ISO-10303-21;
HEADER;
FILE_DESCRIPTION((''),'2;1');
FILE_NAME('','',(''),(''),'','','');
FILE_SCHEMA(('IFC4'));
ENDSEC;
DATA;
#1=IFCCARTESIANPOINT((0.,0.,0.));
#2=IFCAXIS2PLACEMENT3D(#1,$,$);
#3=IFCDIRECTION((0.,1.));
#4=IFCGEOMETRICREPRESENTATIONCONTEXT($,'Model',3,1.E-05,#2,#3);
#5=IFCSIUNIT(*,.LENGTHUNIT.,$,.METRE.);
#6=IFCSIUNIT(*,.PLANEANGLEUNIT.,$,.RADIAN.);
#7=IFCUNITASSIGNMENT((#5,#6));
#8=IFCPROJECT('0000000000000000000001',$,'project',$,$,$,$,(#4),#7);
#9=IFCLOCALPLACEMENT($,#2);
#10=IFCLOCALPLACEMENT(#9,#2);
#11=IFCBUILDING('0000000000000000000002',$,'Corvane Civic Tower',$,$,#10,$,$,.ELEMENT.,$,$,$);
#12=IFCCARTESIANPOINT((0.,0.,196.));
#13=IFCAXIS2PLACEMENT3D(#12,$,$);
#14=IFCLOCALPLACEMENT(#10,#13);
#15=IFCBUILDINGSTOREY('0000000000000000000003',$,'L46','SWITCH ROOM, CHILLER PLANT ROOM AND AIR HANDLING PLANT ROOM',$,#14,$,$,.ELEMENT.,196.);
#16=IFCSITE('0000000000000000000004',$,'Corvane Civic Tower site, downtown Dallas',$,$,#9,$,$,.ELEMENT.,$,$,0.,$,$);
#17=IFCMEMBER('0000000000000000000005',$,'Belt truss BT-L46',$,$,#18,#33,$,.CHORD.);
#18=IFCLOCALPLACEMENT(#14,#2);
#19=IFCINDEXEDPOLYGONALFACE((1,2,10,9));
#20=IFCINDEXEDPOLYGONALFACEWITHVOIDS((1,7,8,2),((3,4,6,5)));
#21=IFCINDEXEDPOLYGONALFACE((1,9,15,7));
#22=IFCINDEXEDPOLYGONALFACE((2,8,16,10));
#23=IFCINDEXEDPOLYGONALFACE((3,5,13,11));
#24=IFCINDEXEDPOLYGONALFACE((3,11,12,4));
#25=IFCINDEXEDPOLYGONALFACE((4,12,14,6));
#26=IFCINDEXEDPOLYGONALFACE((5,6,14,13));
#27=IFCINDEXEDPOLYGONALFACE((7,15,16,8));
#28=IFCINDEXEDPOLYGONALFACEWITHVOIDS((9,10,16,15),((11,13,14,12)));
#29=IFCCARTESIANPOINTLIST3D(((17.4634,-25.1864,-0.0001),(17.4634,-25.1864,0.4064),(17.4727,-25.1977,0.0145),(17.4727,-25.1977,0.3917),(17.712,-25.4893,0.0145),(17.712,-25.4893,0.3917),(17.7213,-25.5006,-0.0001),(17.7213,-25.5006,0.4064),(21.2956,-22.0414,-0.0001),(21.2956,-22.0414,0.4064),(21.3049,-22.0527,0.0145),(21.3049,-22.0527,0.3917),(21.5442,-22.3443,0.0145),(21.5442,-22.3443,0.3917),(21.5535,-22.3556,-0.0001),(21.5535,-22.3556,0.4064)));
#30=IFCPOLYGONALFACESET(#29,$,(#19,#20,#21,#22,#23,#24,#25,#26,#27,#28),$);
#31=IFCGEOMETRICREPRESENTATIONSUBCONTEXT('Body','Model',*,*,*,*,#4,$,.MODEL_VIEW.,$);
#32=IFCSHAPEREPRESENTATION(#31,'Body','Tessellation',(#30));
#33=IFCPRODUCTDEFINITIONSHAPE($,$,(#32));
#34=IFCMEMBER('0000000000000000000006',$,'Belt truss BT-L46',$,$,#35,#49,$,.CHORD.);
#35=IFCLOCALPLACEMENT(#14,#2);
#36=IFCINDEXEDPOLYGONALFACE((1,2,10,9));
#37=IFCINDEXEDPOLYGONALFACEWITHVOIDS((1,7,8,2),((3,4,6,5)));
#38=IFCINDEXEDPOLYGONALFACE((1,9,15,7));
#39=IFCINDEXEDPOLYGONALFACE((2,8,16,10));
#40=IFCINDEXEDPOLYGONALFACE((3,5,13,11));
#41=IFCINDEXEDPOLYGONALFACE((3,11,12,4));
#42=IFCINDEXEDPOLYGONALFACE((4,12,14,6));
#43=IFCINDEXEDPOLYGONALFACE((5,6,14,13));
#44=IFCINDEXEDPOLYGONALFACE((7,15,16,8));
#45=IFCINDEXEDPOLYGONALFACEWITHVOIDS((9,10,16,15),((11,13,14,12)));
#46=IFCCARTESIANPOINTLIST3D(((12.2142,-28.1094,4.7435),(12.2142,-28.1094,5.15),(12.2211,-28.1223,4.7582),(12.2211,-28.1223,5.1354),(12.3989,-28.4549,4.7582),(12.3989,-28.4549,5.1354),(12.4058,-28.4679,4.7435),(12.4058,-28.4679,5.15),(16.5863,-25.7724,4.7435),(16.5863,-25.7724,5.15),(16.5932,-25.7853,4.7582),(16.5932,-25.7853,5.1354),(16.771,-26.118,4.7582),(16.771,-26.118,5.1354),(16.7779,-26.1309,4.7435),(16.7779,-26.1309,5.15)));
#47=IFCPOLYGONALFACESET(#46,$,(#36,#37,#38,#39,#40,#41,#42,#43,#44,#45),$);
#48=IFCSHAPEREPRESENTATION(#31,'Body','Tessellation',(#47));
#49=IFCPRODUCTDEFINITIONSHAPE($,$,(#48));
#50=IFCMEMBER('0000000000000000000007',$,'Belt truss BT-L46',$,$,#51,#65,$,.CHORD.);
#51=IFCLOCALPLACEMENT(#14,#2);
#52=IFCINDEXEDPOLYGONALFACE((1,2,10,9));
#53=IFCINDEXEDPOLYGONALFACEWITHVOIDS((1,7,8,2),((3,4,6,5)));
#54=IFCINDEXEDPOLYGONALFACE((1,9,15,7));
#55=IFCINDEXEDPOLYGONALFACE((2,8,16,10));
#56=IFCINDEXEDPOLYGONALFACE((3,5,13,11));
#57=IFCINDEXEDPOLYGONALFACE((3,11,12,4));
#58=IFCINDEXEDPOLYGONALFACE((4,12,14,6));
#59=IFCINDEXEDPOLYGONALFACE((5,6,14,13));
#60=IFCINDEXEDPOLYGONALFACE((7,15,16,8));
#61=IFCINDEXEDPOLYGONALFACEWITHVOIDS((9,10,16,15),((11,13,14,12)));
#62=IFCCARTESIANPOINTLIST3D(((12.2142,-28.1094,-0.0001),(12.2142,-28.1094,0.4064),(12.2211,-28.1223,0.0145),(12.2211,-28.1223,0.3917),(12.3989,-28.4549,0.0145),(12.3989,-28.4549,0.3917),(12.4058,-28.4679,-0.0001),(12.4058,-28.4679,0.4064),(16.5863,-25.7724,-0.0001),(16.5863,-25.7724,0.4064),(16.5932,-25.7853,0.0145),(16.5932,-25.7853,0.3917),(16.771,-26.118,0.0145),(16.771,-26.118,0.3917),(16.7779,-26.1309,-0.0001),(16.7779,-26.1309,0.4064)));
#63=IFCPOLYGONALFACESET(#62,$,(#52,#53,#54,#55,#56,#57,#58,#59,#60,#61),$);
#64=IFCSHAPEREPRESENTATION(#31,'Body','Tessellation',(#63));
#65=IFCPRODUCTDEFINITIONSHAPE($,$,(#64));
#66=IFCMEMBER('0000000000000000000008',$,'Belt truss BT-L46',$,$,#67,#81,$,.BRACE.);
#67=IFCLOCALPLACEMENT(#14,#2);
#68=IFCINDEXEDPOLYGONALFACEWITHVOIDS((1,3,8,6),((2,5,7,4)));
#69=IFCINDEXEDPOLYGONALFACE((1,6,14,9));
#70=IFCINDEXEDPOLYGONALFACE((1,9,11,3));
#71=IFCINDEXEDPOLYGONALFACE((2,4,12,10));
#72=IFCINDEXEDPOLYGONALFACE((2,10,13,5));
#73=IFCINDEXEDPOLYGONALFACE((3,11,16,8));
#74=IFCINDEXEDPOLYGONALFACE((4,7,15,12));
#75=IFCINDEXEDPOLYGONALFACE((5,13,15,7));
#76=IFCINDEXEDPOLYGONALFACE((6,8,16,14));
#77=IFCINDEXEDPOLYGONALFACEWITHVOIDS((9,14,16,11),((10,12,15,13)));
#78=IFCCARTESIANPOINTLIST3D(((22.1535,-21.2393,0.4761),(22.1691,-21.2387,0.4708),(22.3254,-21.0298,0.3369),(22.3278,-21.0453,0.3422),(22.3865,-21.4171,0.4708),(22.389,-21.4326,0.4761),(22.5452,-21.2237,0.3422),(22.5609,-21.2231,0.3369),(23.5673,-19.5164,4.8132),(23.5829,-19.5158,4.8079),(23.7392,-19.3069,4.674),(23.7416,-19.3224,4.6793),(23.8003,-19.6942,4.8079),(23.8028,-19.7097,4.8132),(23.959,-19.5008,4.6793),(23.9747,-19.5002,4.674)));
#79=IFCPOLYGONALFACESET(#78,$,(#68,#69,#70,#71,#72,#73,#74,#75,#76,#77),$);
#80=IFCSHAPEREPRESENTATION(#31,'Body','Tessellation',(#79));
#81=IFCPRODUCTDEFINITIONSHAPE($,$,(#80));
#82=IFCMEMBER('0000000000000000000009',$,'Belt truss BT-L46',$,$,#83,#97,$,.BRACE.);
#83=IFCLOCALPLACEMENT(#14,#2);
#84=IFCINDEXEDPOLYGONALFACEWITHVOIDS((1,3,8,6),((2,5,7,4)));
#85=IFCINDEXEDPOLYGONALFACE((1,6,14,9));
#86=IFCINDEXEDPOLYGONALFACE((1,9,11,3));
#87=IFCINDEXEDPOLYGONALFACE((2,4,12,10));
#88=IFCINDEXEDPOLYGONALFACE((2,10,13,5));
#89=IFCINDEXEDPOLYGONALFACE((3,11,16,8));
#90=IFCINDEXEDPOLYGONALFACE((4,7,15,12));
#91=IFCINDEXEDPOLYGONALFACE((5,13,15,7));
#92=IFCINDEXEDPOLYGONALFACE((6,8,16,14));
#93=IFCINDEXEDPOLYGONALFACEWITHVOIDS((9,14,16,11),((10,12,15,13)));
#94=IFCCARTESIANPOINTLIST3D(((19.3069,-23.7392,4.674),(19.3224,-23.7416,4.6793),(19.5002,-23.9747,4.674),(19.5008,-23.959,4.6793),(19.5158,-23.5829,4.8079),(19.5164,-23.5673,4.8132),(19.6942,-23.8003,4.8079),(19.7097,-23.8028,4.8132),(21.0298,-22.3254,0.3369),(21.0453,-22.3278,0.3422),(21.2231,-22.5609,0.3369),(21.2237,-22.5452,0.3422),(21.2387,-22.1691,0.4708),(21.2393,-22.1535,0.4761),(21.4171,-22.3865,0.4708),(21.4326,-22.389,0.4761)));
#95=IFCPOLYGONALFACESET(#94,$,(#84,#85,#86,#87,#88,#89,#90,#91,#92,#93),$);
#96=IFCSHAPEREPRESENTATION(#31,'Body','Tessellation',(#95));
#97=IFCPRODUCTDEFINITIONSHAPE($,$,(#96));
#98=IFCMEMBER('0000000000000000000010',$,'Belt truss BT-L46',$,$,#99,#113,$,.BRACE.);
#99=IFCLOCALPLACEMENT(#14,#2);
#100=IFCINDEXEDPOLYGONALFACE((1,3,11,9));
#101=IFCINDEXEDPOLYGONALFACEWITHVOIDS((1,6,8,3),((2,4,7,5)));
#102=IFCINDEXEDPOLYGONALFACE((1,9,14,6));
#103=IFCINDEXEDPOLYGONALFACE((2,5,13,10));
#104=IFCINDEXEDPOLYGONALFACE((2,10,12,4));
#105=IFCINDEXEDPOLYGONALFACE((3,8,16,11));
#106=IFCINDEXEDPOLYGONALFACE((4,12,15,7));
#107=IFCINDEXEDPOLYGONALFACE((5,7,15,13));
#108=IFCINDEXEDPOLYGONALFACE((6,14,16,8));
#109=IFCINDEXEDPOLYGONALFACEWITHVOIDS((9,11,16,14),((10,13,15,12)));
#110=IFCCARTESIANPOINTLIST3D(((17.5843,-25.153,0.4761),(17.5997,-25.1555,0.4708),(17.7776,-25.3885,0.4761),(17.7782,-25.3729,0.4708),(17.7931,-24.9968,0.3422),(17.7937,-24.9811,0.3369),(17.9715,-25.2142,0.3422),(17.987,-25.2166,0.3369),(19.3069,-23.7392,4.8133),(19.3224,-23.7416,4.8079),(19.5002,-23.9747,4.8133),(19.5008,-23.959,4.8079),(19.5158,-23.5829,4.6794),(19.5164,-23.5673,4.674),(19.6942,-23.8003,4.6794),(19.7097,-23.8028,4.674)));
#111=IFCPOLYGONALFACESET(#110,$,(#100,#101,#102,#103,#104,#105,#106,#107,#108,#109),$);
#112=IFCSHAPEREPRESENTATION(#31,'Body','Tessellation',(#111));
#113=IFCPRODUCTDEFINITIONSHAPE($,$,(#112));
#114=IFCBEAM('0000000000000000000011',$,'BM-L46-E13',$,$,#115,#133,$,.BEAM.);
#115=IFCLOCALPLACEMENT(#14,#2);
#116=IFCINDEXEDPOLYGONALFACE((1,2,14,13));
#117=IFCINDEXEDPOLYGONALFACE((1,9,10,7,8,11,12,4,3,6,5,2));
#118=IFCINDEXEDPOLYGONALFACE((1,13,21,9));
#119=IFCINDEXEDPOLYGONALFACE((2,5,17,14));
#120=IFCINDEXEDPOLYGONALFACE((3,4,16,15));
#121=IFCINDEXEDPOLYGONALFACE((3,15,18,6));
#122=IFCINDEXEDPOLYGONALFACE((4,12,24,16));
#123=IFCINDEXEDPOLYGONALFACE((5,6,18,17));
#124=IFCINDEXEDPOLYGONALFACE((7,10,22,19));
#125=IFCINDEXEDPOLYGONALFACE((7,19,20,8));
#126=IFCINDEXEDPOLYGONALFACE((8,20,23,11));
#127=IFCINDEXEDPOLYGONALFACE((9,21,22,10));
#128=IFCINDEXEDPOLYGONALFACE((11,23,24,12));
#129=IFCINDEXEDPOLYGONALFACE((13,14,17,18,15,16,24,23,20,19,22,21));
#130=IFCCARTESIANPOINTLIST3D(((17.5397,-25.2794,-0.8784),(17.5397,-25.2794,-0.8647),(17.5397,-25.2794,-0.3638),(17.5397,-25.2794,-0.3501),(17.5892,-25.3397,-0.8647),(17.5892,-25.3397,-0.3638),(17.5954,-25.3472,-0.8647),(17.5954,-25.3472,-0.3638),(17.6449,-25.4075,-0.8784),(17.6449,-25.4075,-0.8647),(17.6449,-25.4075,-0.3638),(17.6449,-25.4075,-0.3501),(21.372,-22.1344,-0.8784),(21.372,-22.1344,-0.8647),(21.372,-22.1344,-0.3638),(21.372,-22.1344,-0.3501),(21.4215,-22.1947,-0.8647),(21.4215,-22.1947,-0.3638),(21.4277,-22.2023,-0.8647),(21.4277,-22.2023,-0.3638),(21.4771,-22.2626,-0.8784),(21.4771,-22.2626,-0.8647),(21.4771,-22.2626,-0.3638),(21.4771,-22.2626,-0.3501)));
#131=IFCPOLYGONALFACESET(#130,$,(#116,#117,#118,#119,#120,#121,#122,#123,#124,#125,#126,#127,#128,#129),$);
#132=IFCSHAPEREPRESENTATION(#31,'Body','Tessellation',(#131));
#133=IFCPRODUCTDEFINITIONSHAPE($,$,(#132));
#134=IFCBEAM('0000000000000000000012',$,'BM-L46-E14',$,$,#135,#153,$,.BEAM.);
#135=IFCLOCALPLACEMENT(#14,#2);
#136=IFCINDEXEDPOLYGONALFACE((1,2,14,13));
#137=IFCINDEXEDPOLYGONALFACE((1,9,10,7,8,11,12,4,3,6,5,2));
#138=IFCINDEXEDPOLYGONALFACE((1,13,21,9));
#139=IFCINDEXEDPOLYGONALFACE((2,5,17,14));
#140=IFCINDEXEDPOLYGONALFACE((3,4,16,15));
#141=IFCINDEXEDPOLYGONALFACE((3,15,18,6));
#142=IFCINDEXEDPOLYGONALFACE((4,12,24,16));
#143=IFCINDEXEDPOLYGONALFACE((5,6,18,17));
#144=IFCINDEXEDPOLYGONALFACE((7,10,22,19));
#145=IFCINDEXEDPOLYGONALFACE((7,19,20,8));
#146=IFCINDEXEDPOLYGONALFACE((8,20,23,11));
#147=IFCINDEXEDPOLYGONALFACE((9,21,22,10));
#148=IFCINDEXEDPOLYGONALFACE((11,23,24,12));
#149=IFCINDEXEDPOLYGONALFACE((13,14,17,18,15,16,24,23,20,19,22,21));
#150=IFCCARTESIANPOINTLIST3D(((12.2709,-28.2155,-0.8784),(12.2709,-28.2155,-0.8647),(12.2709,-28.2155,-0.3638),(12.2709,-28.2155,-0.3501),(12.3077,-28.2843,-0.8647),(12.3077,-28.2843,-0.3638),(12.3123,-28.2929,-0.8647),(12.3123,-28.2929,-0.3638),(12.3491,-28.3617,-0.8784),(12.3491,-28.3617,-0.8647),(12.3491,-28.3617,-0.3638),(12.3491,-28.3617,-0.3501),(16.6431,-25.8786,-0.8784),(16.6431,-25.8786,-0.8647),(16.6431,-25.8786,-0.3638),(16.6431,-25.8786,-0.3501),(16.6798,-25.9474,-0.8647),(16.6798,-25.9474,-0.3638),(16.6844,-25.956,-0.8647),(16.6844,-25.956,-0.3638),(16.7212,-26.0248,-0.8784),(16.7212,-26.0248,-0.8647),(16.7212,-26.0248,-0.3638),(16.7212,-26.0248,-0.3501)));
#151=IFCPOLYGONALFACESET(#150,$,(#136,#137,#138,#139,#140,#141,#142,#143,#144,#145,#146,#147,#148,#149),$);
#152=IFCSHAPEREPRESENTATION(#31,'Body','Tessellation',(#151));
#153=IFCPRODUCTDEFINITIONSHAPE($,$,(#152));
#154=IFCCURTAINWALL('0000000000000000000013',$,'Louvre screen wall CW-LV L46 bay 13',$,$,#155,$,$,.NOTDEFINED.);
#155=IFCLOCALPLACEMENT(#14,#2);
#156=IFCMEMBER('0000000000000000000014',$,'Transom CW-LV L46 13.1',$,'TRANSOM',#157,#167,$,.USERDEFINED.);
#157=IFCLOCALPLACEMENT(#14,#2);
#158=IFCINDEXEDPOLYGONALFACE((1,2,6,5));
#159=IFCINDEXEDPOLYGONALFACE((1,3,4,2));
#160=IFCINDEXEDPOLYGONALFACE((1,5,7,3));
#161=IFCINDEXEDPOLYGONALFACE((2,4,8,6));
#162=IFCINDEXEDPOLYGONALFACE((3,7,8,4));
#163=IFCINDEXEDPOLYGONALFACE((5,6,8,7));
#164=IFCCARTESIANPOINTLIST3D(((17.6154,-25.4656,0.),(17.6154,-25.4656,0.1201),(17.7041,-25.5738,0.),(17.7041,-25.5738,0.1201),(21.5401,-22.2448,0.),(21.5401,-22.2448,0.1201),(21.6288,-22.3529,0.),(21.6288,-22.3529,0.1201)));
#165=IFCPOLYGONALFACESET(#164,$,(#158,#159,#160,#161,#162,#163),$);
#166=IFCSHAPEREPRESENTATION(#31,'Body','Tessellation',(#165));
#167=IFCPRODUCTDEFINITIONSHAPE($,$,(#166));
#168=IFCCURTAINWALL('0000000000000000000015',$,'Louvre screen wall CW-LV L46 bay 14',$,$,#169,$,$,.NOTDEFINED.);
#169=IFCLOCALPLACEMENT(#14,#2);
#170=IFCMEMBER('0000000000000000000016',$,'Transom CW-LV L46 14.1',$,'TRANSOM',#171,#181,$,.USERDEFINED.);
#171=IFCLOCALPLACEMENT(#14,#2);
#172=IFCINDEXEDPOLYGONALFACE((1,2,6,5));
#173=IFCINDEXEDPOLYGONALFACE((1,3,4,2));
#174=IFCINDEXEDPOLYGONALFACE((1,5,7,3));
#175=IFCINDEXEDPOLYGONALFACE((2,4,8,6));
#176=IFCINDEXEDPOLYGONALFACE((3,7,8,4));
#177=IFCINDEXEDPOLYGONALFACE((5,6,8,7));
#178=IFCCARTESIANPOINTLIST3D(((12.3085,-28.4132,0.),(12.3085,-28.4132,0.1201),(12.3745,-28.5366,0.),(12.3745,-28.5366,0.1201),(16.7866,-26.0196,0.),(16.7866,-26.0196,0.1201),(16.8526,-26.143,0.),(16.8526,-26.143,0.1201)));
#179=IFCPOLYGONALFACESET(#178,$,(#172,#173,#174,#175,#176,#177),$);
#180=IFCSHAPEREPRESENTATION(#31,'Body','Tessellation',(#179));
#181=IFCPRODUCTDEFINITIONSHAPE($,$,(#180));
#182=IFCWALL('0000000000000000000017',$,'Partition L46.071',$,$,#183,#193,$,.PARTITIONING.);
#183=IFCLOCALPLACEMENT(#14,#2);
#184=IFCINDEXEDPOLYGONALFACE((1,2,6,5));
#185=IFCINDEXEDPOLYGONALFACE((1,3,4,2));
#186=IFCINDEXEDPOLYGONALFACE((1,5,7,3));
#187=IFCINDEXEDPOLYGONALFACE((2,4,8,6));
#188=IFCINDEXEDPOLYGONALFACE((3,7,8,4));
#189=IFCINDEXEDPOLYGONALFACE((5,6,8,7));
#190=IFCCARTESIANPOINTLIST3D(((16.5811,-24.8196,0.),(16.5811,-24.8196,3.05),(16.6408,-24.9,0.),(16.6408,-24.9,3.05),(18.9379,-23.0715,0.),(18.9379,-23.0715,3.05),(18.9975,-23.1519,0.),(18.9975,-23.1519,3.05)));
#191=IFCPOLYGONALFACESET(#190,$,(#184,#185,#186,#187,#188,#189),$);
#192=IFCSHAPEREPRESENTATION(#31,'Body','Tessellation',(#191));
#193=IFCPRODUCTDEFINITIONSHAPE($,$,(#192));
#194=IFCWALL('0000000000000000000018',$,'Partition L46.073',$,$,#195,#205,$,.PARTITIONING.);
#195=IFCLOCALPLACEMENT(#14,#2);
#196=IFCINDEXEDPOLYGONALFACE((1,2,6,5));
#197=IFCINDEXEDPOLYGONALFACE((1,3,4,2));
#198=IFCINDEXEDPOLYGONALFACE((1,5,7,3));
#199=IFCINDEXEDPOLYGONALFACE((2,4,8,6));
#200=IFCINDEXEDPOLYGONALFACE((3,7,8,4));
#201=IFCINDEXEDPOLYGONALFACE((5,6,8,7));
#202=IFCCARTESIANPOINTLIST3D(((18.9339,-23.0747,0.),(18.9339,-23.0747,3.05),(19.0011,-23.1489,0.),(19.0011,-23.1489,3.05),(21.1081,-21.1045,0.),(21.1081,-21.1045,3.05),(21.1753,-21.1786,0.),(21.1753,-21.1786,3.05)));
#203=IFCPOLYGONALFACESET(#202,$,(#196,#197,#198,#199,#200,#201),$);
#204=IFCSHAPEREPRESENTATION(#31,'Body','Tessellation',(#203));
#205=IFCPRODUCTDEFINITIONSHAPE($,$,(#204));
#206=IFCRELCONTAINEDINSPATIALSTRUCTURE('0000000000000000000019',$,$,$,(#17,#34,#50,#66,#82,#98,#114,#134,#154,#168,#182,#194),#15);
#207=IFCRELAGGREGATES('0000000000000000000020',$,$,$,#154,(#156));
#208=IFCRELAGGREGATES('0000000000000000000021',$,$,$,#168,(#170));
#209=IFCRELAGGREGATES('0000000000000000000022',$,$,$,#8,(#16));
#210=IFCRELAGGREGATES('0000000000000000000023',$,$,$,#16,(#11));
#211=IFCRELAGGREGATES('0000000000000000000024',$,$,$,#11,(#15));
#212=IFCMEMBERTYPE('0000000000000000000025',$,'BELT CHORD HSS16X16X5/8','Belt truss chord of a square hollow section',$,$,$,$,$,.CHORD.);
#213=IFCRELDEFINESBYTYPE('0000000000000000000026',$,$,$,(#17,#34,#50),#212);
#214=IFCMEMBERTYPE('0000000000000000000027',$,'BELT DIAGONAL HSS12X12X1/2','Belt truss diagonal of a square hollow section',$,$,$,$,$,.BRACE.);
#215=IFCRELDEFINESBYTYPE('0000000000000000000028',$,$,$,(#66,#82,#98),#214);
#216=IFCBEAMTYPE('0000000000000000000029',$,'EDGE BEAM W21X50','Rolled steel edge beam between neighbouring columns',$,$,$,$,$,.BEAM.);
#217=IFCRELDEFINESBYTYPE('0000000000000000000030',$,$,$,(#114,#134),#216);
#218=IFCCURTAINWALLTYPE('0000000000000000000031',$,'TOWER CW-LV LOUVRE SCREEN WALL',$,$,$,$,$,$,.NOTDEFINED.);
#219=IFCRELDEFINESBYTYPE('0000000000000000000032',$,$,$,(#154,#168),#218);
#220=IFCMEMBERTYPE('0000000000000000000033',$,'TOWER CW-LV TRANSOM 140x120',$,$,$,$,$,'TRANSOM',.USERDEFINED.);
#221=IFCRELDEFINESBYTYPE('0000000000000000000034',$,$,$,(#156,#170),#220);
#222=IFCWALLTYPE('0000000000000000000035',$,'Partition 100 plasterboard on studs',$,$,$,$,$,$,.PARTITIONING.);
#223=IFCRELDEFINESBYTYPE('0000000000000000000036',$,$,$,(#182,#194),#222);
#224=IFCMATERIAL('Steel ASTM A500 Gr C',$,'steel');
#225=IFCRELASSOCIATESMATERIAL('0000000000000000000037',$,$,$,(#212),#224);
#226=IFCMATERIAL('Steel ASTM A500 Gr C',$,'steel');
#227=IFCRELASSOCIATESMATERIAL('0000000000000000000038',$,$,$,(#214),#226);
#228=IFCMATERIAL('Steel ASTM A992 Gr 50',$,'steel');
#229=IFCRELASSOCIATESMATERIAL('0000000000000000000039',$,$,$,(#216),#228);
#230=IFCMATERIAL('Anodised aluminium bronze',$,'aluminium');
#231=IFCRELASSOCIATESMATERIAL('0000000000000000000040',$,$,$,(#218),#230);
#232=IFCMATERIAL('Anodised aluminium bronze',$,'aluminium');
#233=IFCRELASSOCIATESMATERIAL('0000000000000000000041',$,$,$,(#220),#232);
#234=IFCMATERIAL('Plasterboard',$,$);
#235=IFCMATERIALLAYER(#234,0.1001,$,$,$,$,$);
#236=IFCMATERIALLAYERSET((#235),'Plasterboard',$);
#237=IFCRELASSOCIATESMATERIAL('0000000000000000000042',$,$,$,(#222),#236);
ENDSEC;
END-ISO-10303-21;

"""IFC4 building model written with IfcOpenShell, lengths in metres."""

from ifc_helpers import new_model, si_unit, direction, frame, frame_2d, origin, origin_2d, place, context, subcontext, project, spatial, rectangle, hollow_rectangle, i_section, extrude, material, layer, layer_set, material_profile, profile_set, type_object, element, aggregate, save


model = new_model("IFC4")

# Units and contexts
model_context = context("Model", 3, precision=1e-05, world=origin(), true_north=direction((0.0, 1.0)))
body_context = subcontext(model_context, "Body", "Model", "MODEL_VIEW")
ifc_project = project(units=[si_unit("LENGTHUNIT", "METRE"), si_unit("PLANEANGLEUNIT", "RADIAN")], contexts=[model_context])

# Site, building, storey
site_placement = place(None, origin())
site = spatial("IfcSite", under=ifc_project, at=site_placement, Name="Corvane Civic Tower site, downtown Dallas", CompositionType="ELEMENT", RefElevation=0.0)
building_placement = place(site_placement, origin())
building = spatial("IfcBuilding", under=site, at=building_placement, Name="Corvane Civic Tower", CompositionType="ELEMENT")
storey_placement = place(building_placement, frame((0.0, 0.0, 196.0)))
storey = spatial("IfcBuildingStorey", under=building, at=storey_placement, Name="L46", Description="SWITCH ROOM, CHILLER PLANT ROOM AND AIR HANDLING PLANT ROOM", CompositionType="ELEMENT", Elevation=196.0)

# Members
ifc_material_1 = material(Name="Steel ASTM A500 Gr C", Category="steel")
ifc_material_profile_1 = material_profile(ifc_material_1, hollow_rectangle(XDim=0.4065, YDim=0.4065, WallThickness=0.0146, at=origin_2d()), Name="HSS16X16X5/8")
ifc_profile_set_1 = profile_set([ifc_material_profile_1], Name="Steel ASTM A500 Gr C")
member_type_1 = type_object("IfcMemberType", Name="BELT CHORD HSS16X16X5/8", Description="Belt truss chord of a square hollow section", PredefinedType="CHORD", material=ifc_profile_set_1)
for number, where, z_axis, x_axis, name in (
    (1, (21.4246, -22.1985, 0.2031), (-0.773015, -0.634388, 0.0), (0.634388, -0.773015, 0.0), "Belt truss BT-L46"),
    (2, (16.6821, -25.9517, 4.9468), (-0.881922, -0.471396, 0.0), (0.471396, -0.881922, 0.0), "Belt truss BT-L46"),
    (3, (16.6821, -25.9517, 0.2031), (-0.881922, -0.471396, 0.0), (0.471396, -0.881922, 0.0), "Belt truss BT-L46"),
):
    element("IfcMember", number, at=place(storey_placement, frame(where, z_axis=z_axis, x_axis=x_axis)), inside=storey, type_object=member_type_1, Name=name, PredefinedType="CHORD", context=body_context, shape_type="SweptSolid", body=[
        extrude(hollow_rectangle(XDim=0.4065, YDim=0.4065, WallThickness=0.0146, at=origin_2d()), origin(), (0.0, 0.0, 1.0), 4.9575),
    ])
ifc_material_2 = material(Name="Steel ASTM A500 Gr C", Category="steel")
ifc_material_profile_2 = material_profile(ifc_material_2, hollow_rectangle(XDim=0.3047, YDim=0.3047, WallThickness=0.0117, at=origin_2d()), Name="HSS12X12X1/2")
ifc_profile_set_2 = profile_set([ifc_material_profile_2], Name="Steel ASTM A500 Gr C")
member_type_2 = type_object("IfcMemberType", Name="BELT DIAGONAL HSS12X12X1/2", Description="Belt truss diagonal of a square hollow section", PredefinedType="BRACE", material=ifc_profile_set_2)
for number, where, z_axis, x_axis, name in (
    (4, (22.3572, -21.2312, 0.4065), (0.289937, 0.353322, 0.889438), (-0.773039, 0.634359, 0.0), "Belt truss BT-L46"),
    (5, (21.2312, -22.3572, 0.4065), (-0.353322, -0.289937, 0.889438), (0.634359, -0.773039, 0.0), "Belt truss BT-L46"),
    (6, (17.7856, -25.1848, 0.4065), (0.353278, 0.289942, 0.889454), (-0.634412, 0.772995, 0.0), "Belt truss BT-L46"),
):
    element("IfcMember", number, at=place(storey_placement, frame(where, z_axis=z_axis, x_axis=x_axis)), inside=storey, type_object=member_type_2, Name=name, PredefinedType="BRACE", context=body_context, shape_type="SweptSolid", body=[
        extrude(hollow_rectangle(XDim=0.3047, YDim=0.3047, WallThickness=0.0117, at=origin_2d()), origin(), (0.0, 0.0, 1.0), 4.8762),
    ])

# Beams
ifc_material_3 = material(Name="Steel ASTM A992 Gr 50", Category="steel")
ifc_material_profile_3 = material_profile(ifc_material_3, i_section(OverallWidth=0.1658, OverallDepth=0.5283, WebThickness=0.0098, FlangeThickness=0.0137, at=origin_2d()), Name="W21X50")
ifc_profile_set_3 = profile_set([ifc_material_profile_3], Name="Steel ASTM A992 Gr 50")
beam_type = type_object("IfcBeamType", Name="EDGE BEAM W21X50", Description="Rolled steel edge beam between neighbouring columns", PredefinedType="BEAM", material=ifc_profile_set_3)
for number, where, z_axis, x_axis, name in (
    (7, (21.4246, -22.1985, -0.6143), (-0.773015, -0.634388, 0.0), (0.634388, -0.773015, 0.0), "BM-L46-E13"),
    (8, (16.6821, -25.9517, -0.6143), (-0.881922, -0.471396, 0.0), (0.471396, -0.881922, 0.0), "BM-L46-E14"),
):
    element("IfcBeam", number, at=place(storey_placement, frame(where, z_axis=z_axis, x_axis=x_axis)), inside=storey, type_object=beam_type, Name=name, PredefinedType="BEAM", context=body_context, shape_type="SweptSolid", body=[
        extrude(i_section(OverallWidth=0.1658, OverallDepth=0.5283, WebThickness=0.0098, FlangeThickness=0.0137, at=origin_2d()), origin(), (0.0, 0.0, 1.0), 4.9575),
    ])

# Curtain walls, members
ifc_material_4 = material(Name="Anodised aluminium bronze", Category="aluminium")
curtain_wall_type = type_object("IfcCurtainWallType", Name="TOWER CW-LV LOUVRE SCREEN WALL", PredefinedType="NOTDEFINED", material=ifc_material_4)
curtain_wall_1_placement = place(storey_placement, origin())
curtain_wall_1 = element("IfcCurtainWall", 9, at=curtain_wall_1_placement, inside=storey, type_object=curtain_wall_type, Name="Louvre screen wall CW-LV L46 bay 13", PredefinedType="NOTDEFINED")
ifc_material_5 = material(Name="Anodised aluminium bronze", Category="aluminium")
ifc_material_profile_4 = material_profile(ifc_material_5, rectangle(XDim=0.1399, YDim=0.1201, at=origin_2d()), Name="TOWER CW-LV TRANSOM 140x120")
ifc_profile_set_4 = profile_set([ifc_material_profile_4], Name="Anodised aluminium bronze")
member_type_3 = type_object("IfcMemberType", Name="TOWER CW-LV TRANSOM 140x120", ElementType="TRANSOM", PredefinedType="USERDEFINED", material=ifc_profile_set_4)
member_1_placement = place(storey_placement, frame((21.5845, -22.2988, 0.0601), z_axis=(-0.773016, -0.634387, 0.0), x_axis=(0.634387, -0.773016, 0.0)))
member_1 = element("IfcMember", 10, at=member_1_placement, type_object=member_type_3, Name="Transom CW-LV L46 13.1", ObjectType="TRANSOM", PredefinedType="USERDEFINED", context=body_context, shape_type="SweptSolid", body=[
    extrude(rectangle(XDim=0.1399, YDim=0.1201, at=origin_2d()), origin(), (0.0, 0.0, 1.0), 5.0771),
])
curtain_wall_2_placement = place(storey_placement, origin())
curtain_wall_2 = element("IfcCurtainWall", 11, at=curtain_wall_2_placement, inside=storey, type_object=curtain_wall_type, Name="Louvre screen wall CW-LV L46 bay 14", PredefinedType="NOTDEFINED")
member_2_placement = place(storey_placement, frame((16.8196, -26.0813, 0.0601), z_axis=(-0.881921, -0.471397, 0.0), x_axis=(0.471397, -0.881921, 0.0)))
member_2 = element("IfcMember", 12, at=member_2_placement, type_object=member_type_3, Name="Transom CW-LV L46 14.1", ObjectType="TRANSOM", PredefinedType="USERDEFINED", context=body_context, shape_type="SweptSolid", body=[
    extrude(rectangle(XDim=0.1399, YDim=0.1201, at=origin_2d()), origin(), (0.0, 0.0, 1.0), 5.0776),
])

# Walls
ifc_material_6 = material(Name="Plasterboard")
ifc_layer = layer(ifc_material_6, 0.1001)
ifc_layer_set = layer_set([ifc_layer], Name="Plasterboard")
wall_type = type_object("IfcWallType", Name="Partition 100 plasterboard on studs", PredefinedType="PARTITIONING", material=ifc_layer_set)
wall_1_placement = place(storey_placement, frame((16.6108, -24.8599, 0.0), z_axis=(0.0, 0.0, 1.0), x_axis=(0.803174, 0.595745, 0.0)))
element("IfcWall", 13, at=wall_1_placement, inside=storey, type_object=wall_type, Name="Partition L46.071", PredefinedType="PARTITIONING", context=body_context, shape_type="SweptSolid", body=[
    extrude(rectangle(XDim=2.9343, YDim=0.1001, at=frame_2d((1.4673, 0.0))), origin(), (0.0, 0.0, 1.0), 3.05),
])
wall_2_placement = place(storey_placement, frame((18.9675, -23.1118, 0.0), z_axis=(0.0, 0.0, 1.0), x_axis=(0.740993, 0.671512, 0.0)))
element("IfcWall", 14, at=wall_2_placement, inside=storey, type_object=wall_type, Name="Partition L46.073", PredefinedType="PARTITIONING", context=body_context, shape_type="SweptSolid", body=[
    extrude(rectangle(XDim=2.9341, YDim=0.1001, at=frame_2d((1.467, 0.0))), origin(), (0.0, 0.0, 1.0), 3.05),
])

aggregate(curtain_wall_1, [member_1])
aggregate(curtain_wall_2, [member_2])

save(model, "model.ifc")
